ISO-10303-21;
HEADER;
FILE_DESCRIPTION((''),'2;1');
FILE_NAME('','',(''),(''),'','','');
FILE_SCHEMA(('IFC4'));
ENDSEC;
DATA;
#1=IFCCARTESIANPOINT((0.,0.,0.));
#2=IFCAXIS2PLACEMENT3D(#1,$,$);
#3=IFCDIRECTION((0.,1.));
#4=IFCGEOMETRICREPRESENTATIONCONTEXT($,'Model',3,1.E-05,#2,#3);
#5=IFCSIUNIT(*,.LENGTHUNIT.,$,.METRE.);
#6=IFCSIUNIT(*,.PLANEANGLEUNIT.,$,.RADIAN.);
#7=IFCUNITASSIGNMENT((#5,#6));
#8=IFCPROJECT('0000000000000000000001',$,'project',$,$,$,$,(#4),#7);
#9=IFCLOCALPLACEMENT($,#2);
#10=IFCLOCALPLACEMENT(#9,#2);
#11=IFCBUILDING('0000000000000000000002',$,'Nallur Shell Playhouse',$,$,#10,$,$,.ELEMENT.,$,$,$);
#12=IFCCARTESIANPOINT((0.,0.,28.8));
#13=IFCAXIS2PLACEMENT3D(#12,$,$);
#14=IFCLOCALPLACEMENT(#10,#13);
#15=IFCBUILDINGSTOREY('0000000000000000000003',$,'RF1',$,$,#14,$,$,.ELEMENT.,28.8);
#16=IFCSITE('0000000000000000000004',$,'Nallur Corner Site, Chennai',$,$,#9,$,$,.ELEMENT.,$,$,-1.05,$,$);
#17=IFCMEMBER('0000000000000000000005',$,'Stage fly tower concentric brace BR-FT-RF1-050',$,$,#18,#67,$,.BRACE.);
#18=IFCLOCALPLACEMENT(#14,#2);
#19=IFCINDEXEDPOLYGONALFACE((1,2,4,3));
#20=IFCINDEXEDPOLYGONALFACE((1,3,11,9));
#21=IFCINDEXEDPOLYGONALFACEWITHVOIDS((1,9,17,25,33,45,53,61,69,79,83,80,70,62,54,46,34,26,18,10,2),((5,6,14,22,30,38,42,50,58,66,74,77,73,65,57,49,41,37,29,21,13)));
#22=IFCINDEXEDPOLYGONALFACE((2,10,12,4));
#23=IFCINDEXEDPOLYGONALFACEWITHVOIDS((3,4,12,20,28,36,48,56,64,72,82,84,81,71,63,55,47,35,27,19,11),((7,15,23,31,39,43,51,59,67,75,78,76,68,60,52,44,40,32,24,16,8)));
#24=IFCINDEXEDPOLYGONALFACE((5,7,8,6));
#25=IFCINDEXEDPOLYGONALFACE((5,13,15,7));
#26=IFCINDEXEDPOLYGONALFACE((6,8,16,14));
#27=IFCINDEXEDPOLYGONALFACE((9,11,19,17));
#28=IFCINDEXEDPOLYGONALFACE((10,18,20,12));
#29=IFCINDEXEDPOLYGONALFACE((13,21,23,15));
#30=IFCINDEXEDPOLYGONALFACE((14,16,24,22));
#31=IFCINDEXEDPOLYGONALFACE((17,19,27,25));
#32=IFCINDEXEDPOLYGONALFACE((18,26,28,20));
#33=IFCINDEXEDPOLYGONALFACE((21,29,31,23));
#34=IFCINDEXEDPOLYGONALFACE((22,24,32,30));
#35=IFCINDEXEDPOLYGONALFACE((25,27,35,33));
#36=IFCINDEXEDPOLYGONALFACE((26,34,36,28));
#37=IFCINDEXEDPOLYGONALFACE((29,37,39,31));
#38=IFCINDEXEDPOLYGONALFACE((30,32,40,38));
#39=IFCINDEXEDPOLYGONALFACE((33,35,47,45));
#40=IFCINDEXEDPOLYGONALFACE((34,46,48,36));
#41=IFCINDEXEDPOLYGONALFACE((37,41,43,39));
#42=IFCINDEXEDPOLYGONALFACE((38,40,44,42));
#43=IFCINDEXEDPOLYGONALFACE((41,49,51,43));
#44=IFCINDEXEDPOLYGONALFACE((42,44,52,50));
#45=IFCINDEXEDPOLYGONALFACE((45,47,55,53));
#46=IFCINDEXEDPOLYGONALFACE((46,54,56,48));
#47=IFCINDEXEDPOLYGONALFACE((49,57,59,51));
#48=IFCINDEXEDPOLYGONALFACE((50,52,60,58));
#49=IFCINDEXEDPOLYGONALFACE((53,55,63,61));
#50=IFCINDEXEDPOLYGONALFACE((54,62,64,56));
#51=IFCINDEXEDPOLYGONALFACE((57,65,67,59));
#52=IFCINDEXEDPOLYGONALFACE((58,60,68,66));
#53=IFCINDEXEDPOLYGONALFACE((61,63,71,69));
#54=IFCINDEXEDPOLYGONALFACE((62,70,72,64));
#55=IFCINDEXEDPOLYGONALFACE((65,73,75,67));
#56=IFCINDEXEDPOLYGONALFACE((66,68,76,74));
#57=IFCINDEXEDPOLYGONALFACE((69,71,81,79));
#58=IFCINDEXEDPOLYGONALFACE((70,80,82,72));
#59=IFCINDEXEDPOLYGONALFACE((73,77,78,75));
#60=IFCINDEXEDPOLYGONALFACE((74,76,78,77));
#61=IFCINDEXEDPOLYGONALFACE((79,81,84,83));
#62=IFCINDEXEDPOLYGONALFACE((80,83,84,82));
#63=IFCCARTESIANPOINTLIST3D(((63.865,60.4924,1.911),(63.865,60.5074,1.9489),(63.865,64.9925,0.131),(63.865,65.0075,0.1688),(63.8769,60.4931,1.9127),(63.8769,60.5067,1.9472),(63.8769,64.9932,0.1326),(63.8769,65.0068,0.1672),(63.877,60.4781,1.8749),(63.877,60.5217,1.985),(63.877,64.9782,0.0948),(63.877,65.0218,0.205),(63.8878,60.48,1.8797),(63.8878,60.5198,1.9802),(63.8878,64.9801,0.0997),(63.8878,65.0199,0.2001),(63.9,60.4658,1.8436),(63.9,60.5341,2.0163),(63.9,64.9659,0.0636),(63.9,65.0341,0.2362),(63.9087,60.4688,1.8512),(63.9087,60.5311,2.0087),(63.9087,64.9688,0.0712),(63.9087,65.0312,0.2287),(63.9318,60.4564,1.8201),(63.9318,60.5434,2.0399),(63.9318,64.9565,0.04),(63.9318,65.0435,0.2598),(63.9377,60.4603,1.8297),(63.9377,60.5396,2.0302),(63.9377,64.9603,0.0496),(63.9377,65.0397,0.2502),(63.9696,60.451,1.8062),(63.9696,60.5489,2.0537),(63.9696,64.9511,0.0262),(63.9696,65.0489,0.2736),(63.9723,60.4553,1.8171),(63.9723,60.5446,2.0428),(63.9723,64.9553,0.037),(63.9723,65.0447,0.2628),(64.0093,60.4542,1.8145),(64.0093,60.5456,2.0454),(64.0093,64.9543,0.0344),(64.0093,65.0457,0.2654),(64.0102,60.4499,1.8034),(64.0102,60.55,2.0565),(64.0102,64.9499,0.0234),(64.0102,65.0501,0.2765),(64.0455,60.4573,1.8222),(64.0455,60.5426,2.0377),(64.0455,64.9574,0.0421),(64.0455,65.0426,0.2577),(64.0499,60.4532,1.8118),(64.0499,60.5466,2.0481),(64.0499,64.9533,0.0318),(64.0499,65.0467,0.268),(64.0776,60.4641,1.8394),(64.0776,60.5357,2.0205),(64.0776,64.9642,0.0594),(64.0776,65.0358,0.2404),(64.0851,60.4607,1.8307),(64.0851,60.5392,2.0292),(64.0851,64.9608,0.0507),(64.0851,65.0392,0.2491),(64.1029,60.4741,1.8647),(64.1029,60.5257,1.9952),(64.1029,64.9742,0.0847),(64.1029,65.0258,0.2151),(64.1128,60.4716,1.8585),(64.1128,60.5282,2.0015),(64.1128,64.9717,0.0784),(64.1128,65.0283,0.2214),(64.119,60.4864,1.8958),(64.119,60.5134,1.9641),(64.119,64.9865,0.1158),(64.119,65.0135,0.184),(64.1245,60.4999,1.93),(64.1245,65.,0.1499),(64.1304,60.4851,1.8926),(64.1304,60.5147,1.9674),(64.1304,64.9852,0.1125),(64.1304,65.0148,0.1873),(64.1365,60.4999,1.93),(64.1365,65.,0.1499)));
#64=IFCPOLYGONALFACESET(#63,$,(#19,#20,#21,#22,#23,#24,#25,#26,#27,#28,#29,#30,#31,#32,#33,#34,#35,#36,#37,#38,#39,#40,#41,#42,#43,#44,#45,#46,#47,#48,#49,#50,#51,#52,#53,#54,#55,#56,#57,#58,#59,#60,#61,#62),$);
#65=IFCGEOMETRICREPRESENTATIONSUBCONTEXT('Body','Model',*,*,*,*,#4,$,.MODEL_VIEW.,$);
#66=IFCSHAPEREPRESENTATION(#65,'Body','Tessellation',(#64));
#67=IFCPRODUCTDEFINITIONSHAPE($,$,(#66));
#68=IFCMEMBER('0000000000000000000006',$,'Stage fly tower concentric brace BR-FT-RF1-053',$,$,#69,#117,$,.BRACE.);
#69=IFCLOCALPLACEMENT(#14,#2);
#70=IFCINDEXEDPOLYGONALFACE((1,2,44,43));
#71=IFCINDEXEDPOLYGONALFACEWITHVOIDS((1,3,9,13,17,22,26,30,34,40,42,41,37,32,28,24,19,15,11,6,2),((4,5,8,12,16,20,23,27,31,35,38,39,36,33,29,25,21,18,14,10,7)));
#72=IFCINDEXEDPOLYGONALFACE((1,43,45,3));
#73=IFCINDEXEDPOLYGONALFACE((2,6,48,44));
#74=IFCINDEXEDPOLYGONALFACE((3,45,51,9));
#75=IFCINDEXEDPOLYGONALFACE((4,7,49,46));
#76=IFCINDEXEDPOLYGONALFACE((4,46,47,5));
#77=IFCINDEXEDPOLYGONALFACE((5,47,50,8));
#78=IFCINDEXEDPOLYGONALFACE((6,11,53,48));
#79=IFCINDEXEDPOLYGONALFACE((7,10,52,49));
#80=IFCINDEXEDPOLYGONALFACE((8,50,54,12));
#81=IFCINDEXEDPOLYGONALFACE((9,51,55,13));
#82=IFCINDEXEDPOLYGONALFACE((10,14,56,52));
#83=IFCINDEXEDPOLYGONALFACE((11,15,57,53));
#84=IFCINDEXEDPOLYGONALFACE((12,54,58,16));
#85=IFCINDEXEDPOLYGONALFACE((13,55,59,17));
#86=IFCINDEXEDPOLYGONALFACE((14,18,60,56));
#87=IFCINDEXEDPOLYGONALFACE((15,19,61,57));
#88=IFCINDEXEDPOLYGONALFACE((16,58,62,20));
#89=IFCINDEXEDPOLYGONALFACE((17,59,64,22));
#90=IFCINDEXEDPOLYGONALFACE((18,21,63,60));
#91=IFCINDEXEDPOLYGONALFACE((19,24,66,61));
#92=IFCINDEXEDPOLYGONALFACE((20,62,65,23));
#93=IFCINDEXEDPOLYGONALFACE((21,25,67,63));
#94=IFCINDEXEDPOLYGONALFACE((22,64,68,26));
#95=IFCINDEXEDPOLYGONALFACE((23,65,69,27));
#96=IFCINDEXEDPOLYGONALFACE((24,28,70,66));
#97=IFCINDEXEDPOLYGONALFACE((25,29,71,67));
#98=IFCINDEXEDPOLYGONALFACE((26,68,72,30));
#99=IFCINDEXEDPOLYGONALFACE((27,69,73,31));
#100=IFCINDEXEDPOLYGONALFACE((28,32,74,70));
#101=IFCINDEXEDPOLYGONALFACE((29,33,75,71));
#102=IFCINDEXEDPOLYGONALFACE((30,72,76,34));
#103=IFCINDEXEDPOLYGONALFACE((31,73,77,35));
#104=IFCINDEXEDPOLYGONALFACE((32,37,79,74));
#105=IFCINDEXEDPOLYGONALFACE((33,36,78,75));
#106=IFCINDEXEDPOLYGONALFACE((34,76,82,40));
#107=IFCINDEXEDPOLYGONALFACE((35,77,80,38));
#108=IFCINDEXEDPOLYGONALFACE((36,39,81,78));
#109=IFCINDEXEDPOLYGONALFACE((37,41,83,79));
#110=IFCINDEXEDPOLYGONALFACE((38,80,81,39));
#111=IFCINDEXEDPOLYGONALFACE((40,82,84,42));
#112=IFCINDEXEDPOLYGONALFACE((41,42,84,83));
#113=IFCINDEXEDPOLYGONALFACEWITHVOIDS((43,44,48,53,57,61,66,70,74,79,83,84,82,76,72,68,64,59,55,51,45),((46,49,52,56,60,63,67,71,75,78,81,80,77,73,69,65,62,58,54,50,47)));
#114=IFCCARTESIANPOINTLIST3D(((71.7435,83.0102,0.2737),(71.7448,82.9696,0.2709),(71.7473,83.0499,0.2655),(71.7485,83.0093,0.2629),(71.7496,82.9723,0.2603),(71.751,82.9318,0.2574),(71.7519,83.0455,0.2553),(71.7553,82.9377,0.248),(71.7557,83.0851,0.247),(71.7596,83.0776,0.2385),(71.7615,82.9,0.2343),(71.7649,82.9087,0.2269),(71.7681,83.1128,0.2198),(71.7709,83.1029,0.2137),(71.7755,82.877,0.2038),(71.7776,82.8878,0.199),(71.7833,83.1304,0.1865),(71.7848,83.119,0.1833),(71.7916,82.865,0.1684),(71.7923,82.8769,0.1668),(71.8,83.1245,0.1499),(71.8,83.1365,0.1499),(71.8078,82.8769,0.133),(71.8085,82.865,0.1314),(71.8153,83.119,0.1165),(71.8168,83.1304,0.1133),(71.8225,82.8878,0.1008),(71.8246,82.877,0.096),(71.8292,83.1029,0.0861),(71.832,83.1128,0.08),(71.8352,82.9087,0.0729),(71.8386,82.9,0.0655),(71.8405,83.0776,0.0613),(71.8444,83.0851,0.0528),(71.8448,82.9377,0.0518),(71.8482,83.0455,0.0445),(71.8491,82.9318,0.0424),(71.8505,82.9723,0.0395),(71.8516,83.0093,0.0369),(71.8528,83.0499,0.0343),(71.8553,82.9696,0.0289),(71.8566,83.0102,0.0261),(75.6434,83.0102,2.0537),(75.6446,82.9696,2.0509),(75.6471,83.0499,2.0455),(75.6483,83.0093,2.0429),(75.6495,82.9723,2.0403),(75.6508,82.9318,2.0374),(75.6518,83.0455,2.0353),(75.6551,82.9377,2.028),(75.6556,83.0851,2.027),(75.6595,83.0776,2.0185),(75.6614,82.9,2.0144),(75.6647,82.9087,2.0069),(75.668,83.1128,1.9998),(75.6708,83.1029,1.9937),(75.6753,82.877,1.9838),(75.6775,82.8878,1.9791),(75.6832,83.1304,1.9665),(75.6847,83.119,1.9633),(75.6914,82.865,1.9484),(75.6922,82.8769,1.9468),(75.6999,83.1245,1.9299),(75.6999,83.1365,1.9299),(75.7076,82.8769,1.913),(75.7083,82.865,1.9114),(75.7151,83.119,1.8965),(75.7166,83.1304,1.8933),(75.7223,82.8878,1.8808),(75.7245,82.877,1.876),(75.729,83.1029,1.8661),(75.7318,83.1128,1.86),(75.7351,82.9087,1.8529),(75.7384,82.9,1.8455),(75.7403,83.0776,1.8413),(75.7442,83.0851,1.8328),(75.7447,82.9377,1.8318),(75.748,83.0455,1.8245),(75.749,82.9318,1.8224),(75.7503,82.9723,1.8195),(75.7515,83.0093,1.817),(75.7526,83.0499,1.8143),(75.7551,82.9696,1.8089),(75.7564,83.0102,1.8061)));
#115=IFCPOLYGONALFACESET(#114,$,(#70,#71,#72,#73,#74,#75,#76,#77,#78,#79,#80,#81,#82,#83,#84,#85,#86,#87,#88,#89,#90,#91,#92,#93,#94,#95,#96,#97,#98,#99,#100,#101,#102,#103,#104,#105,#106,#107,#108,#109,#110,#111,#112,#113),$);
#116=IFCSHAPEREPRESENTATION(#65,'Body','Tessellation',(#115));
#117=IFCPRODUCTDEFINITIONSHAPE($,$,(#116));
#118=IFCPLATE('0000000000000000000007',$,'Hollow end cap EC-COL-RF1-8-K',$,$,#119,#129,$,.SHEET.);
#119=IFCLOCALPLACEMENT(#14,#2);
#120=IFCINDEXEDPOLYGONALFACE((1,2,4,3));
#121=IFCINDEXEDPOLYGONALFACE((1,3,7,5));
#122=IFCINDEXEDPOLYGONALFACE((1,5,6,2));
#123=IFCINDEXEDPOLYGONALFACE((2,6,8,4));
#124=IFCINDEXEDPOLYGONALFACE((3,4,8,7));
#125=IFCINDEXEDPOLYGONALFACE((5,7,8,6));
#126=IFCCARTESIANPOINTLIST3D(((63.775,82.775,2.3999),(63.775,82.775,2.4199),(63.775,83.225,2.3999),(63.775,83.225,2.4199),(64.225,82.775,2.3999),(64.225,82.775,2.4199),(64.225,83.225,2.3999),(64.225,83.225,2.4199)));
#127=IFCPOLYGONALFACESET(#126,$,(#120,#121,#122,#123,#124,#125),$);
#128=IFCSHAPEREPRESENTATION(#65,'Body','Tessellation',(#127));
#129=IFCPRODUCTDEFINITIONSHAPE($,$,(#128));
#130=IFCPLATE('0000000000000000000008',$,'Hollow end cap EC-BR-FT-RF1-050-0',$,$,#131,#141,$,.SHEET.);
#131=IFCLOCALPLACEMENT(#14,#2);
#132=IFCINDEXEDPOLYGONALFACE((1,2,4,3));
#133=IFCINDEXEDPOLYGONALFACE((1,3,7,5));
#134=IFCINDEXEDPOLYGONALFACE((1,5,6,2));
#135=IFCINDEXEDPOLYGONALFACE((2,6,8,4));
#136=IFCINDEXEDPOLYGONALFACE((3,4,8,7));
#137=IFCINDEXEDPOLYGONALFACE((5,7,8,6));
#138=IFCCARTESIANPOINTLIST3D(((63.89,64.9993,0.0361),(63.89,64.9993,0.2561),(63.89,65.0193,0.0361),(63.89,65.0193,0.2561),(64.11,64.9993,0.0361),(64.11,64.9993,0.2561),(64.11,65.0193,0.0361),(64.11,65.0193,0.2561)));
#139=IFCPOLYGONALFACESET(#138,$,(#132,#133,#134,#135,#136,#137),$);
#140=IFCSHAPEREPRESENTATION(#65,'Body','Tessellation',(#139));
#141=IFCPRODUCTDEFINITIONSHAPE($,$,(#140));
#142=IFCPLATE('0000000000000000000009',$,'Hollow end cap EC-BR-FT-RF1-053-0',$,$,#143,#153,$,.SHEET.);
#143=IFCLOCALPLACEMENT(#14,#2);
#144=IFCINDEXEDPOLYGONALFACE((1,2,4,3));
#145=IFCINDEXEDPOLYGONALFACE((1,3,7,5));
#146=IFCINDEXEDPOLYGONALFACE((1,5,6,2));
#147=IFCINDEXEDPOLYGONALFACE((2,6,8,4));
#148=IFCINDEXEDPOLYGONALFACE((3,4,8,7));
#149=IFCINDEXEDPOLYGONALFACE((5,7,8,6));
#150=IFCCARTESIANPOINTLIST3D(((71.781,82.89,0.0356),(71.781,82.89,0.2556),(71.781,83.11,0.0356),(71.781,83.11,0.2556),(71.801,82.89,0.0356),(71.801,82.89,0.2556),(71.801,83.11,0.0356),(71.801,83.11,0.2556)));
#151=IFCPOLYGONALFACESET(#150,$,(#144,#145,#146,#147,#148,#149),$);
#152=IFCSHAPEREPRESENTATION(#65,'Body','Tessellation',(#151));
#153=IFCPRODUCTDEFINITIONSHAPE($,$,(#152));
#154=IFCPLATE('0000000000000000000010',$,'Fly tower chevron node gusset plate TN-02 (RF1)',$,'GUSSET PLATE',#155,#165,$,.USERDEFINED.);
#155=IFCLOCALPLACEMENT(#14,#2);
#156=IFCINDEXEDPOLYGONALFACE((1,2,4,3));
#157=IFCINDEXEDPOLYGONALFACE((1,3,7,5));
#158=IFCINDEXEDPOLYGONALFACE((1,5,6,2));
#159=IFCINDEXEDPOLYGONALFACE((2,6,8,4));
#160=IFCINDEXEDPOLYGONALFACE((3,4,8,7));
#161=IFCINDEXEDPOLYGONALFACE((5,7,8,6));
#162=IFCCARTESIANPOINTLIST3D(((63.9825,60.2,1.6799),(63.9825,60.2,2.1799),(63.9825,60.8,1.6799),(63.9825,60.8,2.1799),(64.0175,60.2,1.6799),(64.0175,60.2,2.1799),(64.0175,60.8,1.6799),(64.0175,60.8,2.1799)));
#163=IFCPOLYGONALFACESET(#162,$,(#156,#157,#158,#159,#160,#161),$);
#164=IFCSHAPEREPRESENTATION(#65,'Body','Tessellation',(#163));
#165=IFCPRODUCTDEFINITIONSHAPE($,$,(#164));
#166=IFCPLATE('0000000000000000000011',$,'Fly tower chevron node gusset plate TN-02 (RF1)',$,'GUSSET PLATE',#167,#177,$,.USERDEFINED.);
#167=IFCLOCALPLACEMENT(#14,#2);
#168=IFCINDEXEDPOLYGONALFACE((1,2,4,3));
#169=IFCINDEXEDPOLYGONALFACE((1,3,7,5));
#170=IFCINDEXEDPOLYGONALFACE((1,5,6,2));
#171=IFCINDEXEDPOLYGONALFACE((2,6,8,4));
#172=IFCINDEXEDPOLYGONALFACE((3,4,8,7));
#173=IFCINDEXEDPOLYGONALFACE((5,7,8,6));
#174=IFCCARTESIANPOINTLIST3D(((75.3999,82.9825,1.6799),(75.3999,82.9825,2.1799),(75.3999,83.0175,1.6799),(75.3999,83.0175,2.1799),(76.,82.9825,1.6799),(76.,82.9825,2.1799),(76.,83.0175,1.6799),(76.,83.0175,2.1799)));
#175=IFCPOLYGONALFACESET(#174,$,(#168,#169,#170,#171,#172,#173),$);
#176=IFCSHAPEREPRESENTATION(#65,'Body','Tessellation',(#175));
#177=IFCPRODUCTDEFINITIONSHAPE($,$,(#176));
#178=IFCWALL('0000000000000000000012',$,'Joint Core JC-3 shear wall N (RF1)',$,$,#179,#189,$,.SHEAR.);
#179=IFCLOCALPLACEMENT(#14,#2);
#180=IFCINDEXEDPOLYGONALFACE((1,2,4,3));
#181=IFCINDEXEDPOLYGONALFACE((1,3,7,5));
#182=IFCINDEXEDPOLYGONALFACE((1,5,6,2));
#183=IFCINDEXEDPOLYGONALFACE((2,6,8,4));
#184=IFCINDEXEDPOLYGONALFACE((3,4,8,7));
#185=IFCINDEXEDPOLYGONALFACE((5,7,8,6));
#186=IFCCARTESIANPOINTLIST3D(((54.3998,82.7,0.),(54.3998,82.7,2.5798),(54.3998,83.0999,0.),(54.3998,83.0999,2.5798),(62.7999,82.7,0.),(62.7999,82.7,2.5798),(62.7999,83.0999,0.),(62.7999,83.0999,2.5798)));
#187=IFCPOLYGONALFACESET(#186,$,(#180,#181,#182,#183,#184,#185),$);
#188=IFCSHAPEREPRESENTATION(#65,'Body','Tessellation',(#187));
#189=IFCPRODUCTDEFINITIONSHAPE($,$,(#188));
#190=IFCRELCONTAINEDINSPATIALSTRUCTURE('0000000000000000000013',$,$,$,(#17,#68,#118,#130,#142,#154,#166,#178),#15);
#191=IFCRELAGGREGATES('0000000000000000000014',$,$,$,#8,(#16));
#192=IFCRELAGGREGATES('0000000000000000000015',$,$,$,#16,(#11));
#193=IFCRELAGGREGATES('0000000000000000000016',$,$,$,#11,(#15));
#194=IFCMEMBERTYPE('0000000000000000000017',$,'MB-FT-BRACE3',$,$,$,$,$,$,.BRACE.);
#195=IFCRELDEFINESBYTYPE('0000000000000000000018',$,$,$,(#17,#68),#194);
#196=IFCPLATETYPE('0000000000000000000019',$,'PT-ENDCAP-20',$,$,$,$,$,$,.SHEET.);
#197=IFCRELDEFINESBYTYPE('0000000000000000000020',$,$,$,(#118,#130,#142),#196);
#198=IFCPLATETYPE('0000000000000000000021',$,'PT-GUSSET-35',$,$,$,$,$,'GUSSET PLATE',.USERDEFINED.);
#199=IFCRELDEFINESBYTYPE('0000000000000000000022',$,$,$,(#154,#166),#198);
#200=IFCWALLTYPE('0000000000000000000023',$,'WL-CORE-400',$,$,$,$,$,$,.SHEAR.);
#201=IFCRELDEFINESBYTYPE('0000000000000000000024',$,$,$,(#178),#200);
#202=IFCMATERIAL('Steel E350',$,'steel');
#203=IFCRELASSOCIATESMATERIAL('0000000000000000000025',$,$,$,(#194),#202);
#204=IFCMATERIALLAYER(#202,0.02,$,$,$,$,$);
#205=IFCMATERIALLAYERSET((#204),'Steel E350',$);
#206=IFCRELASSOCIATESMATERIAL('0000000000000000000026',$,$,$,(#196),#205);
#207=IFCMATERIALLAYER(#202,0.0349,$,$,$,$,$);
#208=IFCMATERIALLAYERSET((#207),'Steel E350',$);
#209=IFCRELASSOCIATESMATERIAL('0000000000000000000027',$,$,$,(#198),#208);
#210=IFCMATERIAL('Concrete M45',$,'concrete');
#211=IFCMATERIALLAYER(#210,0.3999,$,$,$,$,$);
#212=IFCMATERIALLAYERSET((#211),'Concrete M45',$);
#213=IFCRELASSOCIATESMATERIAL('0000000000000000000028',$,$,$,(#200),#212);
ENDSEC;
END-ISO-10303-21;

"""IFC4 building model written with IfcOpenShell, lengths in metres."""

from ifc_helpers import new_model, si_unit, direction, frame, frame_2d, origin, origin_2d, place, context, subcontext, project, spatial, rectangle, hollow_circle, extrude, material, layer, layer_set, material_profile, profile_set, type_object, element, save


model = new_model("IFC4")

# Units and contexts
model_context = context("Model", 3, precision=1e-05, world=origin(), true_north=direction((0.0, 1.0)))
body_context = subcontext(model_context, "Body", "Model", "MODEL_VIEW")
ifc_project = project(units=[si_unit("LENGTHUNIT", "METRE"), si_unit("PLANEANGLEUNIT", "RADIAN")], contexts=[model_context])

# Site, building, storey
site_placement = place(None, origin())
site = spatial("IfcSite", under=ifc_project, at=site_placement, Name="Nallur Corner Site, Chennai", CompositionType="ELEMENT", RefElevation=-1.05)
building_placement = place(site_placement, origin())
building = spatial("IfcBuilding", under=site, at=building_placement, Name="Nallur Shell Playhouse", CompositionType="ELEMENT")
storey_placement = place(building_placement, frame((0.0, 0.0, 28.8)))
storey = spatial("IfcBuildingStorey", under=building, at=storey_placement, Name="RF1", CompositionType="ELEMENT", Elevation=28.8)

# Shared definitions
ifc_material_1 = material(Name="Steel E350", Category="steel")

# Members
ifc_material_profile_1 = material_profile(ifc_material_1, hollow_circle(Radius=0.1365, WallThickness=0.012, at=origin_2d()), Name="CHS 273.0x12")
ifc_profile_set_1 = profile_set([ifc_material_profile_1], Name="Steel E350")
member_type = type_object("IfcMemberType", Name="MB-FT-BRACE3", PredefinedType="BRACE", material=ifc_profile_set_1)
for number, where, z_axis, x_axis, name in (
    (1, (64.0, 65.0, 0.1499), (0.0, -0.929893, 0.36783), (1.0, 0.0, 0.0), "Stage fly tower concentric brace BR-FT-RF1-050"),
):
    element("IfcMember", number, at=place(storey_placement, frame(where, z_axis=z_axis, x_axis=x_axis)), inside=storey, type_object=member_type, Name=name, PredefinedType="BRACE", context=body_context, shape_type="SweptSolid", body=[
        extrude(hollow_circle(Radius=0.1365, WallThickness=0.012, at=origin_2d()), origin(), (0.0, 0.0, 1.0), 4.8394),
    ])
member_placement = place(storey_placement, frame((71.8, 83.0, 0.1499), z_axis=(0.90972, 0.0, 0.415223), x_axis=(0.0, 1.0, 0.0)))
element("IfcMember", 2, at=member_placement, inside=storey, type_object=member_type, Name="Stage fly tower concentric brace BR-FT-RF1-053", PredefinedType="BRACE", context=body_context, shape_type="SweptSolid", body=[
    extrude(hollow_circle(Radius=0.1365, WallThickness=0.012, at=origin_2d()), origin(), (0.0, 0.0, 1.0), 4.2869),
])

# Plates
ifc_layer_1 = layer(ifc_material_1, 0.02)
ifc_layer_set_1 = layer_set([ifc_layer_1], Name="Steel E350")
plate_type_1 = type_object("IfcPlateType", Name="PT-ENDCAP-20", PredefinedType="SHEET", material=ifc_layer_set_1)
plate_1_placement = place(storey_placement, frame((64.0, 83.0, 2.3999), z_axis=(0.0, 0.0, 1.0), x_axis=(1.0, 0.0, 0.0)))
element("IfcPlate", 3, at=plate_1_placement, inside=storey, type_object=plate_type_1, Name="Hollow end cap EC-COL-RF1-8-K", PredefinedType="SHEET", context=body_context, shape_type="SweptSolid", body=[
    extrude(rectangle(XDim=0.45, YDim=0.45, at=origin_2d()), origin(), (0.0, 0.0, 1.0), 0.02),
])
plate_2_placement = place(storey_placement, frame((64.0, 65.0093, 0.0361), z_axis=(0.0, 0.0, 1.0), x_axis=(1.0, 0.0, 0.0)))
element("IfcPlate", 4, at=plate_2_placement, inside=storey, type_object=plate_type_1, Name="Hollow end cap EC-BR-FT-RF1-050-0", PredefinedType="SHEET", context=body_context, shape_type="SweptSolid", body=[
    extrude(rectangle(XDim=0.22, YDim=0.02, at=origin_2d()), origin(), (0.0, 0.0, 1.0), 0.22),
])
plate_3_placement = place(storey_placement, frame((71.791, 83.0, 0.0356), z_axis=(0.0, 0.0, 1.0), x_axis=(1.0, 0.0, 0.0)))
element("IfcPlate", 5, at=plate_3_placement, inside=storey, type_object=plate_type_1, Name="Hollow end cap EC-BR-FT-RF1-053-0", PredefinedType="SHEET", context=body_context, shape_type="SweptSolid", body=[
    extrude(rectangle(XDim=0.02, YDim=0.22, at=origin_2d()), origin(), (0.0, 0.0, 1.0), 0.22),
])
ifc_layer_2 = layer(ifc_material_1, 0.0349)
ifc_layer_set_2 = layer_set([ifc_layer_2], Name="Steel E350")
plate_type_2 = type_object("IfcPlateType", Name="PT-GUSSET-35", ElementType="GUSSET PLATE", PredefinedType="USERDEFINED", material=ifc_layer_set_2)
plate_4_placement = place(storey_placement, frame((64.0, 60.5, 1.6799), z_axis=(0.0, 0.0, 1.0), x_axis=(1.0, 0.0, 0.0)))
element("IfcPlate", 6, at=plate_4_placement, inside=storey, type_object=plate_type_2, Name="Fly tower chevron node gusset plate TN-02 (RF1)", ObjectType="GUSSET PLATE", PredefinedType="USERDEFINED", context=body_context, shape_type="SweptSolid", body=[
    extrude(rectangle(XDim=0.0349, YDim=0.6001, at=origin_2d()), origin(), (0.0, 0.0, 1.0), 0.5),
])
plate_5_placement = place(storey_placement, frame((75.7, 83.0, 1.6799), z_axis=(0.0, 0.0, 1.0), x_axis=(1.0, 0.0, 0.0)))
element("IfcPlate", 7, at=plate_5_placement, inside=storey, type_object=plate_type_2, Name="Fly tower chevron node gusset plate TN-02 (RF1)", ObjectType="GUSSET PLATE", PredefinedType="USERDEFINED", context=body_context, shape_type="SweptSolid", body=[
    extrude(rectangle(XDim=0.6001, YDim=0.0349, at=origin_2d()), origin(), (0.0, 0.0, 1.0), 0.5),
])

# Wall
ifc_material_2 = material(Name="Concrete M45", Category="concrete")
ifc_layer_3 = layer(ifc_material_2, 0.3999)
ifc_layer_set_3 = layer_set([ifc_layer_3], Name="Concrete M45")
wall_type = type_object("IfcWallType", Name="WL-CORE-400", PredefinedType="SHEAR", material=ifc_layer_set_3)
wall_1_placement = place(storey_placement, frame((62.8, 82.8999, 0.0), z_axis=(0.0, 0.0, 1.0), x_axis=(-1.0, 0.0, 0.0)))
element("IfcWall", 8, at=wall_1_placement, inside=storey, type_object=wall_type, Name="Joint Core JC-3 shear wall N (RF1)", PredefinedType="SHEAR", context=body_context, shape_type="SweptSolid", body=[
    extrude(rectangle(XDim=8.4001, YDim=0.3999, at=frame_2d((4.2002, 0.0))), origin(), (0.0, 0.0, 1.0), 2.5798),
])

save(model, "model.ifc")
